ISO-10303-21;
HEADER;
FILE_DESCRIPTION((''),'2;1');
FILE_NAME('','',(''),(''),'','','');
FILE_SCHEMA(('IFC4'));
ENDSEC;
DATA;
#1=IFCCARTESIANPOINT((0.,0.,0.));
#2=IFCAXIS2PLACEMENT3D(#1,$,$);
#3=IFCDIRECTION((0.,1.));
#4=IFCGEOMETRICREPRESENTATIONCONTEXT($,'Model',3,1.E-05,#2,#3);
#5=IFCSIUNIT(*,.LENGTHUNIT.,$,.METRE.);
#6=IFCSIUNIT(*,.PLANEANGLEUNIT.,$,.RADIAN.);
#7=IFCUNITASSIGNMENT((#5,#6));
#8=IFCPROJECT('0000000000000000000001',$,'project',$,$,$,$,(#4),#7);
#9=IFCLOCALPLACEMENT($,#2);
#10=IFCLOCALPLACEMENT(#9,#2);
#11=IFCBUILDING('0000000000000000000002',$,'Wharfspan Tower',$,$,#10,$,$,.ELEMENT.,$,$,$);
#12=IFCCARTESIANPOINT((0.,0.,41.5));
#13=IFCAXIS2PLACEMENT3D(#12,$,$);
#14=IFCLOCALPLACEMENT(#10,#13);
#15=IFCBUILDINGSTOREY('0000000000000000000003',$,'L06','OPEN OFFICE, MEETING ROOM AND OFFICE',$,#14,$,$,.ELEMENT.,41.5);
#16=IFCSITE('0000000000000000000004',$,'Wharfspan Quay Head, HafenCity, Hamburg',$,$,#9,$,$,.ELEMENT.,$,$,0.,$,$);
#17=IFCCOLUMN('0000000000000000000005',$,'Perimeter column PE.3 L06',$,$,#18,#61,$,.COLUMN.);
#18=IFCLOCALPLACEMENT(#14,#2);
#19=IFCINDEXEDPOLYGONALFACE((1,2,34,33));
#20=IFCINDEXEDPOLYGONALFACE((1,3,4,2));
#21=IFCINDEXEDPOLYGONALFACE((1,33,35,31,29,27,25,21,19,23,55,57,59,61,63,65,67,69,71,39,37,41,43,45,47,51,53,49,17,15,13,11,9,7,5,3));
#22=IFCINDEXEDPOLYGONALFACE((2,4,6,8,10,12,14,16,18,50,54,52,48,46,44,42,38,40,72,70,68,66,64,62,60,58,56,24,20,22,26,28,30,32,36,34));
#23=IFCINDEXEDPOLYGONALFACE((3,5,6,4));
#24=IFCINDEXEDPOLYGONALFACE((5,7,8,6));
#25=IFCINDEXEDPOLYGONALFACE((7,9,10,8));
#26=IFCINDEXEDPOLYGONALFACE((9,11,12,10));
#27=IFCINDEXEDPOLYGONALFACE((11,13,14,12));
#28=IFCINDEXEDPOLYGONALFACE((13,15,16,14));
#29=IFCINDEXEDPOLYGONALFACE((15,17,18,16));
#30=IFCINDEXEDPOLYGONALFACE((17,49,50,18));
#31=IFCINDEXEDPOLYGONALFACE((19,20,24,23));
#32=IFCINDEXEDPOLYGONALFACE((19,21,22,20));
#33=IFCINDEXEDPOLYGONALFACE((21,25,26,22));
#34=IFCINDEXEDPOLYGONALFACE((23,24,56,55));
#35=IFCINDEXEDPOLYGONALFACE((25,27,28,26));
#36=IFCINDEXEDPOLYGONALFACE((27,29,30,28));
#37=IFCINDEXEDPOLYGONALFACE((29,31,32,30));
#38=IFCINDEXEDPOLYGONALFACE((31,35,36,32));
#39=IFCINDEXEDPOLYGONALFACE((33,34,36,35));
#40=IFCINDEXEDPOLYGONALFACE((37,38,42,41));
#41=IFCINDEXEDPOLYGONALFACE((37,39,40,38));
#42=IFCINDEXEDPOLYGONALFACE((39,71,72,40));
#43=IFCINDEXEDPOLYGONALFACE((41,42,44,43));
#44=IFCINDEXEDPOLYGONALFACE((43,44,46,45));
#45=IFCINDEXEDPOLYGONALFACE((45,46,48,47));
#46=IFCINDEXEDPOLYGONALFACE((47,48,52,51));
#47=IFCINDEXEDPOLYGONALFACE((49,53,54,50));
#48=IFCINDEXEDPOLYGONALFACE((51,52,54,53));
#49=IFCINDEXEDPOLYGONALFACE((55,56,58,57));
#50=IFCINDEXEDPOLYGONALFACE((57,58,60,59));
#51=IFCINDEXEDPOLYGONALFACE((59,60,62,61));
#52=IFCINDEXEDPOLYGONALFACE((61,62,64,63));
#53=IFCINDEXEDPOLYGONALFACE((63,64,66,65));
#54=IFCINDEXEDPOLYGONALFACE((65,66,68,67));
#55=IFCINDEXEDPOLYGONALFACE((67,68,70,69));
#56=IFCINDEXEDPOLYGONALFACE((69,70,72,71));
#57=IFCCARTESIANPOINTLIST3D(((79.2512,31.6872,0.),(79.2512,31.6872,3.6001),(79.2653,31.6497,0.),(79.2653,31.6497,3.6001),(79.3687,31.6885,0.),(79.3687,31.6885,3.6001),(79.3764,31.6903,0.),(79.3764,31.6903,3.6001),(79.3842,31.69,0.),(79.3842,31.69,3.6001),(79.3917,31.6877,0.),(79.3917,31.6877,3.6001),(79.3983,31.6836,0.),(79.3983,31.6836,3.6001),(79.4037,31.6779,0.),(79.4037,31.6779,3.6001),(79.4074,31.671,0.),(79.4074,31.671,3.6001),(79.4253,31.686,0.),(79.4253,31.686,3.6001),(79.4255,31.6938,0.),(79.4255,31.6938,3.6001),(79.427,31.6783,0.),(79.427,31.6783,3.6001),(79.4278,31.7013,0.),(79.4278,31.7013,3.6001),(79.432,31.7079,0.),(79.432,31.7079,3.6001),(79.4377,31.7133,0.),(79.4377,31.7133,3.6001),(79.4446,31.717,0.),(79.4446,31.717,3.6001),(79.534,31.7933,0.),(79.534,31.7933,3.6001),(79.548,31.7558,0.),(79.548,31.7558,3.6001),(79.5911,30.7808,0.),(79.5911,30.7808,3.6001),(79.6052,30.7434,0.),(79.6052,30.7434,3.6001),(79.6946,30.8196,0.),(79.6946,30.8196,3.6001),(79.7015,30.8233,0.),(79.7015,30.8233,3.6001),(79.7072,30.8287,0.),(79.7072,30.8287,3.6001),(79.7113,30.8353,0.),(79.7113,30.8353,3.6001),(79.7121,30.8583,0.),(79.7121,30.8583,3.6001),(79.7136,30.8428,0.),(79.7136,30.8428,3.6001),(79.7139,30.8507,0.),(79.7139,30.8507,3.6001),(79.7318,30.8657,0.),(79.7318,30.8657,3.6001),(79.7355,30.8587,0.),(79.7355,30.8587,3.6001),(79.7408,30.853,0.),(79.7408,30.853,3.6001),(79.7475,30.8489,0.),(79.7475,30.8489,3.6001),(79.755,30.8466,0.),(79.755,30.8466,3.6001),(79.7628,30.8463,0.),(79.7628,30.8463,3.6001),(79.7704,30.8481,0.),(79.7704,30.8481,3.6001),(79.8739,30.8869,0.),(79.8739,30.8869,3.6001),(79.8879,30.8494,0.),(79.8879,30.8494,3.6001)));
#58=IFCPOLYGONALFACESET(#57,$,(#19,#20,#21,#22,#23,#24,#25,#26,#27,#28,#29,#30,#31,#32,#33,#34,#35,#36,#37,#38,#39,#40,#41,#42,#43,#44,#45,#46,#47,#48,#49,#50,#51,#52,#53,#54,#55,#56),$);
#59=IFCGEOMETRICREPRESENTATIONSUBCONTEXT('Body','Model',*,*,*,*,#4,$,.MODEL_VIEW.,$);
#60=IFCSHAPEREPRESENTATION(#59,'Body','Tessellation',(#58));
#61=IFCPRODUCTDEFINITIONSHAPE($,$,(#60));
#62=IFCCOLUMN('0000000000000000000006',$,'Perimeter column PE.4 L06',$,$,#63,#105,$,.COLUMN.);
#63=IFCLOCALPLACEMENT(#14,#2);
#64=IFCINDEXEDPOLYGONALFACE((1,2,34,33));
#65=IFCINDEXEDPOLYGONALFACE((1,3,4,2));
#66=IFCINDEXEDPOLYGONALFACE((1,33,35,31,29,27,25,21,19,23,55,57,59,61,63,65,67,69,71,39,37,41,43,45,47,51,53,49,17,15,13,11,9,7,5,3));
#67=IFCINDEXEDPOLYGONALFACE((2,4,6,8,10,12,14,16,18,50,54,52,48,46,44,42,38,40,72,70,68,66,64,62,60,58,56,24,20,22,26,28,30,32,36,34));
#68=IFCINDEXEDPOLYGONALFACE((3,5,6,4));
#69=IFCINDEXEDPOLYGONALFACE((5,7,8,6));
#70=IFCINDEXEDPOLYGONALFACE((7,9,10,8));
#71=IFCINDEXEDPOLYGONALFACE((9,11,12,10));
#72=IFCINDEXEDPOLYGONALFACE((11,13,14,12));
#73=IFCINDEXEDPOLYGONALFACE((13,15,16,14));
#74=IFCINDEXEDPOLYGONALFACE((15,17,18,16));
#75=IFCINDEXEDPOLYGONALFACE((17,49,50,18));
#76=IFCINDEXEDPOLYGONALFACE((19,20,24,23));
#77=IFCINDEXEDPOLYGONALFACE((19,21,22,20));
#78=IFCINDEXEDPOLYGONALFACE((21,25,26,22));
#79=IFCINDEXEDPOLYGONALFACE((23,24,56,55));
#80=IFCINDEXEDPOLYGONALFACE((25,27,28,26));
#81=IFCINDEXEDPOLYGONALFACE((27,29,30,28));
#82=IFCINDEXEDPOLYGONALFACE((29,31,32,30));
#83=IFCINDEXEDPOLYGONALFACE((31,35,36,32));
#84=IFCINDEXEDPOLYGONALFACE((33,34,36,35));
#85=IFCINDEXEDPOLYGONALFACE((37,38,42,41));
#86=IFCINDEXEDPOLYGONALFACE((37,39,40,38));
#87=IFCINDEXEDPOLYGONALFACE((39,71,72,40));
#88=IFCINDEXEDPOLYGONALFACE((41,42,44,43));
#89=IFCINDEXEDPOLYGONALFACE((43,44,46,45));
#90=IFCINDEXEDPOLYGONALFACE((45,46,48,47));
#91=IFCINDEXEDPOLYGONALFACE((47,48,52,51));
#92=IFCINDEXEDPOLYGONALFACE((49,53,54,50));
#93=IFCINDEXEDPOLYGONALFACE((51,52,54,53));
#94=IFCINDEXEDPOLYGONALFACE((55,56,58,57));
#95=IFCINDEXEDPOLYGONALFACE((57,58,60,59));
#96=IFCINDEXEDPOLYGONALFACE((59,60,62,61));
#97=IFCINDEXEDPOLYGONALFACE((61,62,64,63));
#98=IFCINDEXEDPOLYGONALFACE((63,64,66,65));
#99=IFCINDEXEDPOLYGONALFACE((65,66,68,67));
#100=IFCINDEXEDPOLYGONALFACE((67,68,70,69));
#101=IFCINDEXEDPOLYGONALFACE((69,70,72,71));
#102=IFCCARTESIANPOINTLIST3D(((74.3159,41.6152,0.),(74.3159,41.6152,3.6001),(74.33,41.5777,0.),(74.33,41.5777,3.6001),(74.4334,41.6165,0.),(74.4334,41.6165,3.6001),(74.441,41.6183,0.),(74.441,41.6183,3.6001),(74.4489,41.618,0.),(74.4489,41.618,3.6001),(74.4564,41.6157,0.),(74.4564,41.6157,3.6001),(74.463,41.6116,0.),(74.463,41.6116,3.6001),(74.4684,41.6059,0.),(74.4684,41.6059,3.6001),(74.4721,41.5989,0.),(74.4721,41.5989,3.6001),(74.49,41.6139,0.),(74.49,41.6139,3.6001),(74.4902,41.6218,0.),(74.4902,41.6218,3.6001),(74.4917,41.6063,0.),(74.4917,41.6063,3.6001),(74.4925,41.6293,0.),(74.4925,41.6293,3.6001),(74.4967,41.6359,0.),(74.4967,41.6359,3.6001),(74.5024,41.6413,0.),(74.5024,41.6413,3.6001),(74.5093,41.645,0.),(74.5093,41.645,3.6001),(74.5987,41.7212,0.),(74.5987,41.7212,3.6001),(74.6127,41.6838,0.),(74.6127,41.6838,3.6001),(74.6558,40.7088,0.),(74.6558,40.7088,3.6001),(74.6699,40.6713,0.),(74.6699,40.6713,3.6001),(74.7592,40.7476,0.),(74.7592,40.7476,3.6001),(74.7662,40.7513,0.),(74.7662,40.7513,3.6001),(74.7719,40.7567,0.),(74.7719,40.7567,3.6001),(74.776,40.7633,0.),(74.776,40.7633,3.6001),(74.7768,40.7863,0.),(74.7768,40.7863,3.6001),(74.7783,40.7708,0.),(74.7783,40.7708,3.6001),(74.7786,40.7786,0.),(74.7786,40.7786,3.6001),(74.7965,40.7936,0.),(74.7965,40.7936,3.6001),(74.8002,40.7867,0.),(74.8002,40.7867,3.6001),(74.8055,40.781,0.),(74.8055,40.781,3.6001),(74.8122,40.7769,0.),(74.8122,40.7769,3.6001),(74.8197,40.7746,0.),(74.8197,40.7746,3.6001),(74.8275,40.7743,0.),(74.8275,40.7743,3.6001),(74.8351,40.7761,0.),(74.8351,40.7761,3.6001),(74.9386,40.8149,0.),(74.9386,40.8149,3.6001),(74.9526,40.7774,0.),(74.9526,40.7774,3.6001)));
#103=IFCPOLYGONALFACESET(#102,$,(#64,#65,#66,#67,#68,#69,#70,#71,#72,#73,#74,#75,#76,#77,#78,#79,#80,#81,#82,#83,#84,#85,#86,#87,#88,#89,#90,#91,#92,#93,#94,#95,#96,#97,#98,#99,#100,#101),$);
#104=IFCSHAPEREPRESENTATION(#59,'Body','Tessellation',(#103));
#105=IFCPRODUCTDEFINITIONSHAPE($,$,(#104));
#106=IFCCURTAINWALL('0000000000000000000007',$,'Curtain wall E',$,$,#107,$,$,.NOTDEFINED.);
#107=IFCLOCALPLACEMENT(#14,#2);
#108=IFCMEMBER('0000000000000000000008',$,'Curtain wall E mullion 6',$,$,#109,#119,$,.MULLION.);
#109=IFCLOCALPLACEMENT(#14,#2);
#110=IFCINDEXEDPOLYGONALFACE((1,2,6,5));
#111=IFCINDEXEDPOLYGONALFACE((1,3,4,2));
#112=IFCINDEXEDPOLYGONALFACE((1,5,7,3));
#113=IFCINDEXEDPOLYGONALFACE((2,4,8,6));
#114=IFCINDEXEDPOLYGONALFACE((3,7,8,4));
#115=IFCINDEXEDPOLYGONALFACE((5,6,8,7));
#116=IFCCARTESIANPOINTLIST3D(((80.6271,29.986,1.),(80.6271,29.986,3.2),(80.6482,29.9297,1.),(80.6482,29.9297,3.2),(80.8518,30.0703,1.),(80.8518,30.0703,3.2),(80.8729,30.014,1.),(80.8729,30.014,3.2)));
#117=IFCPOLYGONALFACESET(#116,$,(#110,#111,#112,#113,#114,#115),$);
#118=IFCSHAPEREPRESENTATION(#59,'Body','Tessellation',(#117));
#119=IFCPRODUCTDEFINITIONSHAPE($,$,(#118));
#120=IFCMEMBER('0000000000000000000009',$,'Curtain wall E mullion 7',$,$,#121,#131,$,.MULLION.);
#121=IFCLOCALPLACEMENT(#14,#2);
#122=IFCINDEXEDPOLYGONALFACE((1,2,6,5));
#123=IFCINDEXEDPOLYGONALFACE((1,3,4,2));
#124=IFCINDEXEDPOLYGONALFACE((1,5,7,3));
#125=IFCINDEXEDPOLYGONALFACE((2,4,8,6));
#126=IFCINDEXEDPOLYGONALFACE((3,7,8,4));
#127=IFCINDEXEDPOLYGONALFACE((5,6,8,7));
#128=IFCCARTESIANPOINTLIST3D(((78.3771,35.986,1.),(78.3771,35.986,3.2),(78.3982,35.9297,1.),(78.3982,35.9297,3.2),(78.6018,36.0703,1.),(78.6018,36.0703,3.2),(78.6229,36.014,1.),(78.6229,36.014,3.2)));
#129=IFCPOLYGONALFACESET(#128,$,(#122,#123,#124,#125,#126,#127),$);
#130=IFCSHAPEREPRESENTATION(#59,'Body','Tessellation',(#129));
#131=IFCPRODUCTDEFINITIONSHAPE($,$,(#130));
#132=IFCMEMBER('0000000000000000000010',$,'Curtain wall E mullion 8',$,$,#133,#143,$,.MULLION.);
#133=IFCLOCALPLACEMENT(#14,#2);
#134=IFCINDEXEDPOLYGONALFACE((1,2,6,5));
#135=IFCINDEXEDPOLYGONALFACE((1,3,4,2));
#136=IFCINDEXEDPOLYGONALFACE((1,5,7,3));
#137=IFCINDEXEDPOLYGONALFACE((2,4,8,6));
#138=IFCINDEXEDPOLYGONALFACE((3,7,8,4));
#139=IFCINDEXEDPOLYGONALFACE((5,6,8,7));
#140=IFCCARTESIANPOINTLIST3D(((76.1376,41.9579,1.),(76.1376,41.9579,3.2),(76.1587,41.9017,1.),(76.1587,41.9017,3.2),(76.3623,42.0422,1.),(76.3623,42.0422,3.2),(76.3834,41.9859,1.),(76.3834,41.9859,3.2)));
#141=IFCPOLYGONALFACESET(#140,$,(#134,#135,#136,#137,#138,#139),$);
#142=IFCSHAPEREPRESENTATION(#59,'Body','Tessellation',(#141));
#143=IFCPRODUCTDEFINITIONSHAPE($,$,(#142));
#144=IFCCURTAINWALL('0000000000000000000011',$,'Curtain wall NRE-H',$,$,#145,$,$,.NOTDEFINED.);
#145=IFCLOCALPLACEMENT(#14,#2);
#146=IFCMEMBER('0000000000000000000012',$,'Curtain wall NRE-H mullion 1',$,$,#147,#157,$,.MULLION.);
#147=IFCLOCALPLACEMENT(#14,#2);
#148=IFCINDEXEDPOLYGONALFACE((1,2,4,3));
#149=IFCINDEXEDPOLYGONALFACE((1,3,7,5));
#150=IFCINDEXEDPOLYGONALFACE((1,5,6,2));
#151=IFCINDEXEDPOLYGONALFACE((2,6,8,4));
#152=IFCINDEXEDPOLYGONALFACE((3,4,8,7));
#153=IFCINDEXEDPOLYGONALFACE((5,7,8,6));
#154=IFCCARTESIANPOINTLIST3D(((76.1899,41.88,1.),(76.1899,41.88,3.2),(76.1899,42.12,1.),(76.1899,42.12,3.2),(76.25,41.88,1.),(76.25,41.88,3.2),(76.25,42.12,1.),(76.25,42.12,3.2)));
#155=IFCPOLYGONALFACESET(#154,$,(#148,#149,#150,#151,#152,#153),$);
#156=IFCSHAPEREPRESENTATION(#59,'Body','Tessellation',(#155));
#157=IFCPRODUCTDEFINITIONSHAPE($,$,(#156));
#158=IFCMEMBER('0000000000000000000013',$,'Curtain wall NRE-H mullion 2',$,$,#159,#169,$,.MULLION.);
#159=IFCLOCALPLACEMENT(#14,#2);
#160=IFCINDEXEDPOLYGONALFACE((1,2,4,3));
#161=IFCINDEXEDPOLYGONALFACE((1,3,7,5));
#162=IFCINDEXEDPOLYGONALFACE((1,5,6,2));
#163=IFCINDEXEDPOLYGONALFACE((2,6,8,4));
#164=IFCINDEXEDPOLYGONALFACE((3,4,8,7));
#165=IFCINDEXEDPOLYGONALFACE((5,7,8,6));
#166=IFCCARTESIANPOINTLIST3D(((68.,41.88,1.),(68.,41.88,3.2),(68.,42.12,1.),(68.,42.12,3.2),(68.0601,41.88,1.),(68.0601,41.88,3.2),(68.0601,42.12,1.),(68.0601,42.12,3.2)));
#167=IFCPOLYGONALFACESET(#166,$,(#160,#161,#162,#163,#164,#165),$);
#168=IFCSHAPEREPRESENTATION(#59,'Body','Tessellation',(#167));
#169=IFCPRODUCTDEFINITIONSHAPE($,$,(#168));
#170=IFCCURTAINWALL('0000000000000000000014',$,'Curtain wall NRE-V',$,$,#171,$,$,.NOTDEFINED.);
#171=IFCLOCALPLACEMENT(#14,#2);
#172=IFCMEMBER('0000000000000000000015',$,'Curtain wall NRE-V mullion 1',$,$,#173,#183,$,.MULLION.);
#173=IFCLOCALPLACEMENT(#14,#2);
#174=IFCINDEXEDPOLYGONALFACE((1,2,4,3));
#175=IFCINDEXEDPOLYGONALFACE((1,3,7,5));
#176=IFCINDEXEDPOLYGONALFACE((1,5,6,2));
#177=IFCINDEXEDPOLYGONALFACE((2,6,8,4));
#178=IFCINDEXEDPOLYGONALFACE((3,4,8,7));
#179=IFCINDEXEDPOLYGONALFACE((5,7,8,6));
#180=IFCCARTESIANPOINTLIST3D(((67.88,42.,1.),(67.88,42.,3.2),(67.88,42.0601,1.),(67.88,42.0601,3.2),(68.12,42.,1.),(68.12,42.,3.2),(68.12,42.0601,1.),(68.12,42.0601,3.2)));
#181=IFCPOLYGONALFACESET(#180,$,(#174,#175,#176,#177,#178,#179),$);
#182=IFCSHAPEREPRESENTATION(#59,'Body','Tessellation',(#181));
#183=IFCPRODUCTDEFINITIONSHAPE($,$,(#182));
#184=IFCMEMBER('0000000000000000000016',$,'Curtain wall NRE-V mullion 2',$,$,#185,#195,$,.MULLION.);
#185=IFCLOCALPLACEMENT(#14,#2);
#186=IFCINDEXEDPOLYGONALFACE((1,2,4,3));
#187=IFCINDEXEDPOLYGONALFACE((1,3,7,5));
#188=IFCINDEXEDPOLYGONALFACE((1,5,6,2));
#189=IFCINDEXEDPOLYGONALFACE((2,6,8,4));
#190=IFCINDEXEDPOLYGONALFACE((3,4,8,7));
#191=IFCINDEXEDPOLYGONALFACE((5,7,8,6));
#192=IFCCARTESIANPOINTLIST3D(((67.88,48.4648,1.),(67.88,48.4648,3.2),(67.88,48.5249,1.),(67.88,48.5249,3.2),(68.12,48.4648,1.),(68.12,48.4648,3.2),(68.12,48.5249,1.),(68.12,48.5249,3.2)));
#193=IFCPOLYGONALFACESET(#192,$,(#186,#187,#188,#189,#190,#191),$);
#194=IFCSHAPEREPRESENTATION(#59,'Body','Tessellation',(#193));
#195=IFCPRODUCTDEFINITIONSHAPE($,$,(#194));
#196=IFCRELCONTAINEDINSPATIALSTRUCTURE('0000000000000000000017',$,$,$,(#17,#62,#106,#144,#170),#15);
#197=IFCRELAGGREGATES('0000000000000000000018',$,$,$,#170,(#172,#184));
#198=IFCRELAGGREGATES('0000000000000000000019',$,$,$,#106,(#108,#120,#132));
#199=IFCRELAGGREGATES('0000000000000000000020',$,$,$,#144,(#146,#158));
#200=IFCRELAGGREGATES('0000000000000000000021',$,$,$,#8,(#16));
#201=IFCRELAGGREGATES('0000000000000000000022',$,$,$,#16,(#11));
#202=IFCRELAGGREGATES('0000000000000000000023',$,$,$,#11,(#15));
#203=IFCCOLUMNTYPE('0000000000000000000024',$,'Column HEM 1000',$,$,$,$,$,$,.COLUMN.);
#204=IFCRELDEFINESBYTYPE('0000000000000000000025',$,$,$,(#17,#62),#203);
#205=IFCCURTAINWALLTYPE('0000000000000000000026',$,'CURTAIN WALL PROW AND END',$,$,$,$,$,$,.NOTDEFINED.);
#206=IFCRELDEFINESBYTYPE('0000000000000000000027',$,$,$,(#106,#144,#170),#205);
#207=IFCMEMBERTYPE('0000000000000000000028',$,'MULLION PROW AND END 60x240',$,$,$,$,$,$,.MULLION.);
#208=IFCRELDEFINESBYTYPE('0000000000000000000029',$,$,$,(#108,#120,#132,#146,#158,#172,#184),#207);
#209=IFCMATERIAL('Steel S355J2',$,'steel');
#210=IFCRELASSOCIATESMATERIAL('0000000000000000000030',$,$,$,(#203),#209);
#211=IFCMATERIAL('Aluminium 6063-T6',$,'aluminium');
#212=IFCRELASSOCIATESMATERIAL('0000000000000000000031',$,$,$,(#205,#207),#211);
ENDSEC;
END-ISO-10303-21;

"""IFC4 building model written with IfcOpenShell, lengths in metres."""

from ifc_helpers import new_model, si_unit, direction, frame, origin, origin_2d, place, context, subcontext, project, spatial, rectangle, i_section, extrude, material, material_profile, profile_set, type_object, element, aggregate, save


model = new_model("IFC4")

# Units and contexts
model_context = context("Model", 3, precision=1e-05, world=origin(), true_north=direction((0.0, 1.0)))
body_context = subcontext(model_context, "Body", "Model", "MODEL_VIEW")
ifc_project = project(units=[si_unit("LENGTHUNIT", "METRE"), si_unit("PLANEANGLEUNIT", "RADIAN")], contexts=[model_context])

# Site, building, storey
site_placement = place(None, origin())
site = spatial("IfcSite", under=ifc_project, at=site_placement, Name="Wharfspan Quay Head, HafenCity, Hamburg", CompositionType="ELEMENT", RefElevation=0.0)
building_placement = place(site_placement, origin())
building = spatial("IfcBuilding", under=site, at=building_placement, Name="Wharfspan Tower", CompositionType="ELEMENT")
storey_placement = place(building_placement, frame((0.0, 0.0, 41.5)))
storey = spatial("IfcBuildingStorey", under=building, at=storey_placement, Name="L06", Description="OPEN OFFICE, MEETING ROOM AND OFFICE", CompositionType="ELEMENT", Elevation=41.5)

# Columns
ifc_material_1 = material(Name="Steel S355J2", Category="steel")
ifc_material_profile_1 = material_profile(ifc_material_1, i_section(OverallWidth=0.302, OverallDepth=1.0081, WebThickness=0.021, FlangeThickness=0.04, FilletRadius=0.03, at=origin_2d()))
ifc_profile_set_1 = profile_set([ifc_material_profile_1], Name="Steel S355J2")
column_type = type_object("IfcColumnType", Name="Column HEM 1000", PredefinedType="COLUMN", material=ifc_profile_set_1)
for number, where, z_axis, x_axis, name in (
    (1, (79.5696, 31.2683, 0.0), (0.0, 0.0, 1.0), (0.936328, 0.351123, 0.0), "Perimeter column PE.3 L06"),
    (2, (74.6343, 41.1963, 0.0), (0.0, 0.0, 1.0), (0.936328, 0.351123, 0.0), "Perimeter column PE.4 L06"),
):
    element("IfcColumn", number, at=place(storey_placement, frame(where, z_axis=z_axis, x_axis=x_axis)), inside=storey, type_object=column_type, Name=name, PredefinedType="COLUMN", context=body_context, shape_type="SweptSolid", body=[
        extrude(i_section(OverallWidth=0.302, OverallDepth=1.0081, WebThickness=0.021, FlangeThickness=0.04, FilletRadius=0.03, at=origin_2d()), origin(), (0.0, 0.0, 1.0), 3.6001),
    ])

# Curtain walls, members
ifc_material_2 = material(Name="Aluminium 6063-T6", Category="aluminium")
curtain_wall_type = type_object("IfcCurtainWallType", Name="CURTAIN WALL PROW AND END", PredefinedType="NOTDEFINED", material=ifc_material_2)
curtain_wall_1_placement = place(storey_placement, origin())
curtain_wall_1 = element("IfcCurtainWall", 3, at=curtain_wall_1_placement, inside=storey, type_object=curtain_wall_type, Name="Curtain wall E", PredefinedType="NOTDEFINED")
ifc_material_profile_2 = material_profile(ifc_material_2, rectangle(XDim=0.24, YDim=0.0601, at=origin_2d()))
ifc_profile_set_2 = profile_set([ifc_material_profile_2], Name="Aluminium 6063-T6")
member_type_1 = type_object("IfcMemberType", Name="MULLION PROW AND END 60x240", PredefinedType="MULLION", material=ifc_profile_set_2)
member_1_placement = place(storey_placement, frame((80.75, 30.0, 1.0), z_axis=(0.0, 0.0, 1.0), x_axis=(-0.936328, -0.351123, 0.0)))
member_1 = element("IfcMember", 4, at=member_1_placement, type_object=member_type_1, Name="Curtain wall E mullion 6", PredefinedType="MULLION", context=body_context, shape_type="SweptSolid", body=[
    extrude(rectangle(XDim=0.24, YDim=0.0601, at=origin_2d()), origin(), (0.0, 0.0, 1.0), 2.2),
])
member_2_placement = place(storey_placement, frame((78.5, 36.0, 1.0), z_axis=(0.0, 0.0, 1.0), x_axis=(-0.936328, -0.351123, 0.0)))
member_2 = element("IfcMember", 5, at=member_2_placement, type_object=member_type_1, Name="Curtain wall E mullion 7", PredefinedType="MULLION", context=body_context, shape_type="SweptSolid", body=[
    extrude(rectangle(XDim=0.24, YDim=0.0601, at=origin_2d()), origin(), (0.0, 0.0, 1.0), 2.2),
])
member_3_placement = place(storey_placement, frame((76.2605, 41.9719, 1.0), z_axis=(0.0, 0.0, 1.0), x_axis=(-0.936328, -0.351123, 0.0)))
member_3 = element("IfcMember", 6, at=member_3_placement, type_object=member_type_1, Name="Curtain wall E mullion 8", PredefinedType="MULLION", context=body_context, shape_type="SweptSolid", body=[
    extrude(rectangle(XDim=0.24, YDim=0.0601, at=origin_2d()), origin(), (0.0, 0.0, 1.0), 2.2),
])
curtain_wall_2_placement = place(storey_placement, origin())
curtain_wall_2 = element("IfcCurtainWall", 7, at=curtain_wall_2_placement, inside=storey, type_object=curtain_wall_type, Name="Curtain wall NRE-H", PredefinedType="NOTDEFINED")
member_4_placement = place(storey_placement, frame((76.22, 42.0, 1.0), z_axis=(0.0, 0.0, 1.0), x_axis=(0.0, -1.0, 0.0)))
member_4 = element("IfcMember", 8, at=member_4_placement, type_object=member_type_1, Name="Curtain wall NRE-H mullion 1", PredefinedType="MULLION", context=body_context, shape_type="SweptSolid", body=[
    extrude(rectangle(XDim=0.24, YDim=0.0601, at=origin_2d()), origin(), (0.0, 0.0, 1.0), 2.2),
])
member_5_placement = place(storey_placement, frame((68.03, 42.0, 1.0), z_axis=(0.0, 0.0, 1.0), x_axis=(0.0, -1.0, 0.0)))
member_5 = element("IfcMember", 9, at=member_5_placement, type_object=member_type_1, Name="Curtain wall NRE-H mullion 2", PredefinedType="MULLION", context=body_context, shape_type="SweptSolid", body=[
    extrude(rectangle(XDim=0.24, YDim=0.0601, at=origin_2d()), origin(), (0.0, 0.0, 1.0), 2.2),
])
curtain_wall_3_placement = place(storey_placement, origin())
curtain_wall_3 = element("IfcCurtainWall", 10, at=curtain_wall_3_placement, inside=storey, type_object=curtain_wall_type, Name="Curtain wall NRE-V", PredefinedType="NOTDEFINED")
member_6_placement = place(storey_placement, frame((68.0, 42.03, 1.0), z_axis=(0.0, 0.0, 1.0), x_axis=(-1.0, 0.0, 0.0)))
member_6 = element("IfcMember", 11, at=member_6_placement, type_object=member_type_1, Name="Curtain wall NRE-V mullion 1", PredefinedType="MULLION", context=body_context, shape_type="SweptSolid", body=[
    extrude(rectangle(XDim=0.24, YDim=0.0601, at=origin_2d()), origin(), (0.0, 0.0, 1.0), 2.2),
])
member_7_placement = place(storey_placement, frame((68.0, 48.4949, 1.0), z_axis=(0.0, 0.0, 1.0), x_axis=(-1.0, 0.0, 0.0)))
member_7 = element("IfcMember", 12, at=member_7_placement, type_object=member_type_1, Name="Curtain wall NRE-V mullion 2", PredefinedType="MULLION", context=body_context, shape_type="SweptSolid", body=[
    extrude(rectangle(XDim=0.24, YDim=0.0601, at=origin_2d()), origin(), (0.0, 0.0, 1.0), 2.2),
])

aggregate(curtain_wall_3, [member_6, member_7])

aggregate(curtain_wall_1, [member_1, member_2, member_3])
aggregate(curtain_wall_2, [member_4, member_5])

save(model, "model.ifc")
